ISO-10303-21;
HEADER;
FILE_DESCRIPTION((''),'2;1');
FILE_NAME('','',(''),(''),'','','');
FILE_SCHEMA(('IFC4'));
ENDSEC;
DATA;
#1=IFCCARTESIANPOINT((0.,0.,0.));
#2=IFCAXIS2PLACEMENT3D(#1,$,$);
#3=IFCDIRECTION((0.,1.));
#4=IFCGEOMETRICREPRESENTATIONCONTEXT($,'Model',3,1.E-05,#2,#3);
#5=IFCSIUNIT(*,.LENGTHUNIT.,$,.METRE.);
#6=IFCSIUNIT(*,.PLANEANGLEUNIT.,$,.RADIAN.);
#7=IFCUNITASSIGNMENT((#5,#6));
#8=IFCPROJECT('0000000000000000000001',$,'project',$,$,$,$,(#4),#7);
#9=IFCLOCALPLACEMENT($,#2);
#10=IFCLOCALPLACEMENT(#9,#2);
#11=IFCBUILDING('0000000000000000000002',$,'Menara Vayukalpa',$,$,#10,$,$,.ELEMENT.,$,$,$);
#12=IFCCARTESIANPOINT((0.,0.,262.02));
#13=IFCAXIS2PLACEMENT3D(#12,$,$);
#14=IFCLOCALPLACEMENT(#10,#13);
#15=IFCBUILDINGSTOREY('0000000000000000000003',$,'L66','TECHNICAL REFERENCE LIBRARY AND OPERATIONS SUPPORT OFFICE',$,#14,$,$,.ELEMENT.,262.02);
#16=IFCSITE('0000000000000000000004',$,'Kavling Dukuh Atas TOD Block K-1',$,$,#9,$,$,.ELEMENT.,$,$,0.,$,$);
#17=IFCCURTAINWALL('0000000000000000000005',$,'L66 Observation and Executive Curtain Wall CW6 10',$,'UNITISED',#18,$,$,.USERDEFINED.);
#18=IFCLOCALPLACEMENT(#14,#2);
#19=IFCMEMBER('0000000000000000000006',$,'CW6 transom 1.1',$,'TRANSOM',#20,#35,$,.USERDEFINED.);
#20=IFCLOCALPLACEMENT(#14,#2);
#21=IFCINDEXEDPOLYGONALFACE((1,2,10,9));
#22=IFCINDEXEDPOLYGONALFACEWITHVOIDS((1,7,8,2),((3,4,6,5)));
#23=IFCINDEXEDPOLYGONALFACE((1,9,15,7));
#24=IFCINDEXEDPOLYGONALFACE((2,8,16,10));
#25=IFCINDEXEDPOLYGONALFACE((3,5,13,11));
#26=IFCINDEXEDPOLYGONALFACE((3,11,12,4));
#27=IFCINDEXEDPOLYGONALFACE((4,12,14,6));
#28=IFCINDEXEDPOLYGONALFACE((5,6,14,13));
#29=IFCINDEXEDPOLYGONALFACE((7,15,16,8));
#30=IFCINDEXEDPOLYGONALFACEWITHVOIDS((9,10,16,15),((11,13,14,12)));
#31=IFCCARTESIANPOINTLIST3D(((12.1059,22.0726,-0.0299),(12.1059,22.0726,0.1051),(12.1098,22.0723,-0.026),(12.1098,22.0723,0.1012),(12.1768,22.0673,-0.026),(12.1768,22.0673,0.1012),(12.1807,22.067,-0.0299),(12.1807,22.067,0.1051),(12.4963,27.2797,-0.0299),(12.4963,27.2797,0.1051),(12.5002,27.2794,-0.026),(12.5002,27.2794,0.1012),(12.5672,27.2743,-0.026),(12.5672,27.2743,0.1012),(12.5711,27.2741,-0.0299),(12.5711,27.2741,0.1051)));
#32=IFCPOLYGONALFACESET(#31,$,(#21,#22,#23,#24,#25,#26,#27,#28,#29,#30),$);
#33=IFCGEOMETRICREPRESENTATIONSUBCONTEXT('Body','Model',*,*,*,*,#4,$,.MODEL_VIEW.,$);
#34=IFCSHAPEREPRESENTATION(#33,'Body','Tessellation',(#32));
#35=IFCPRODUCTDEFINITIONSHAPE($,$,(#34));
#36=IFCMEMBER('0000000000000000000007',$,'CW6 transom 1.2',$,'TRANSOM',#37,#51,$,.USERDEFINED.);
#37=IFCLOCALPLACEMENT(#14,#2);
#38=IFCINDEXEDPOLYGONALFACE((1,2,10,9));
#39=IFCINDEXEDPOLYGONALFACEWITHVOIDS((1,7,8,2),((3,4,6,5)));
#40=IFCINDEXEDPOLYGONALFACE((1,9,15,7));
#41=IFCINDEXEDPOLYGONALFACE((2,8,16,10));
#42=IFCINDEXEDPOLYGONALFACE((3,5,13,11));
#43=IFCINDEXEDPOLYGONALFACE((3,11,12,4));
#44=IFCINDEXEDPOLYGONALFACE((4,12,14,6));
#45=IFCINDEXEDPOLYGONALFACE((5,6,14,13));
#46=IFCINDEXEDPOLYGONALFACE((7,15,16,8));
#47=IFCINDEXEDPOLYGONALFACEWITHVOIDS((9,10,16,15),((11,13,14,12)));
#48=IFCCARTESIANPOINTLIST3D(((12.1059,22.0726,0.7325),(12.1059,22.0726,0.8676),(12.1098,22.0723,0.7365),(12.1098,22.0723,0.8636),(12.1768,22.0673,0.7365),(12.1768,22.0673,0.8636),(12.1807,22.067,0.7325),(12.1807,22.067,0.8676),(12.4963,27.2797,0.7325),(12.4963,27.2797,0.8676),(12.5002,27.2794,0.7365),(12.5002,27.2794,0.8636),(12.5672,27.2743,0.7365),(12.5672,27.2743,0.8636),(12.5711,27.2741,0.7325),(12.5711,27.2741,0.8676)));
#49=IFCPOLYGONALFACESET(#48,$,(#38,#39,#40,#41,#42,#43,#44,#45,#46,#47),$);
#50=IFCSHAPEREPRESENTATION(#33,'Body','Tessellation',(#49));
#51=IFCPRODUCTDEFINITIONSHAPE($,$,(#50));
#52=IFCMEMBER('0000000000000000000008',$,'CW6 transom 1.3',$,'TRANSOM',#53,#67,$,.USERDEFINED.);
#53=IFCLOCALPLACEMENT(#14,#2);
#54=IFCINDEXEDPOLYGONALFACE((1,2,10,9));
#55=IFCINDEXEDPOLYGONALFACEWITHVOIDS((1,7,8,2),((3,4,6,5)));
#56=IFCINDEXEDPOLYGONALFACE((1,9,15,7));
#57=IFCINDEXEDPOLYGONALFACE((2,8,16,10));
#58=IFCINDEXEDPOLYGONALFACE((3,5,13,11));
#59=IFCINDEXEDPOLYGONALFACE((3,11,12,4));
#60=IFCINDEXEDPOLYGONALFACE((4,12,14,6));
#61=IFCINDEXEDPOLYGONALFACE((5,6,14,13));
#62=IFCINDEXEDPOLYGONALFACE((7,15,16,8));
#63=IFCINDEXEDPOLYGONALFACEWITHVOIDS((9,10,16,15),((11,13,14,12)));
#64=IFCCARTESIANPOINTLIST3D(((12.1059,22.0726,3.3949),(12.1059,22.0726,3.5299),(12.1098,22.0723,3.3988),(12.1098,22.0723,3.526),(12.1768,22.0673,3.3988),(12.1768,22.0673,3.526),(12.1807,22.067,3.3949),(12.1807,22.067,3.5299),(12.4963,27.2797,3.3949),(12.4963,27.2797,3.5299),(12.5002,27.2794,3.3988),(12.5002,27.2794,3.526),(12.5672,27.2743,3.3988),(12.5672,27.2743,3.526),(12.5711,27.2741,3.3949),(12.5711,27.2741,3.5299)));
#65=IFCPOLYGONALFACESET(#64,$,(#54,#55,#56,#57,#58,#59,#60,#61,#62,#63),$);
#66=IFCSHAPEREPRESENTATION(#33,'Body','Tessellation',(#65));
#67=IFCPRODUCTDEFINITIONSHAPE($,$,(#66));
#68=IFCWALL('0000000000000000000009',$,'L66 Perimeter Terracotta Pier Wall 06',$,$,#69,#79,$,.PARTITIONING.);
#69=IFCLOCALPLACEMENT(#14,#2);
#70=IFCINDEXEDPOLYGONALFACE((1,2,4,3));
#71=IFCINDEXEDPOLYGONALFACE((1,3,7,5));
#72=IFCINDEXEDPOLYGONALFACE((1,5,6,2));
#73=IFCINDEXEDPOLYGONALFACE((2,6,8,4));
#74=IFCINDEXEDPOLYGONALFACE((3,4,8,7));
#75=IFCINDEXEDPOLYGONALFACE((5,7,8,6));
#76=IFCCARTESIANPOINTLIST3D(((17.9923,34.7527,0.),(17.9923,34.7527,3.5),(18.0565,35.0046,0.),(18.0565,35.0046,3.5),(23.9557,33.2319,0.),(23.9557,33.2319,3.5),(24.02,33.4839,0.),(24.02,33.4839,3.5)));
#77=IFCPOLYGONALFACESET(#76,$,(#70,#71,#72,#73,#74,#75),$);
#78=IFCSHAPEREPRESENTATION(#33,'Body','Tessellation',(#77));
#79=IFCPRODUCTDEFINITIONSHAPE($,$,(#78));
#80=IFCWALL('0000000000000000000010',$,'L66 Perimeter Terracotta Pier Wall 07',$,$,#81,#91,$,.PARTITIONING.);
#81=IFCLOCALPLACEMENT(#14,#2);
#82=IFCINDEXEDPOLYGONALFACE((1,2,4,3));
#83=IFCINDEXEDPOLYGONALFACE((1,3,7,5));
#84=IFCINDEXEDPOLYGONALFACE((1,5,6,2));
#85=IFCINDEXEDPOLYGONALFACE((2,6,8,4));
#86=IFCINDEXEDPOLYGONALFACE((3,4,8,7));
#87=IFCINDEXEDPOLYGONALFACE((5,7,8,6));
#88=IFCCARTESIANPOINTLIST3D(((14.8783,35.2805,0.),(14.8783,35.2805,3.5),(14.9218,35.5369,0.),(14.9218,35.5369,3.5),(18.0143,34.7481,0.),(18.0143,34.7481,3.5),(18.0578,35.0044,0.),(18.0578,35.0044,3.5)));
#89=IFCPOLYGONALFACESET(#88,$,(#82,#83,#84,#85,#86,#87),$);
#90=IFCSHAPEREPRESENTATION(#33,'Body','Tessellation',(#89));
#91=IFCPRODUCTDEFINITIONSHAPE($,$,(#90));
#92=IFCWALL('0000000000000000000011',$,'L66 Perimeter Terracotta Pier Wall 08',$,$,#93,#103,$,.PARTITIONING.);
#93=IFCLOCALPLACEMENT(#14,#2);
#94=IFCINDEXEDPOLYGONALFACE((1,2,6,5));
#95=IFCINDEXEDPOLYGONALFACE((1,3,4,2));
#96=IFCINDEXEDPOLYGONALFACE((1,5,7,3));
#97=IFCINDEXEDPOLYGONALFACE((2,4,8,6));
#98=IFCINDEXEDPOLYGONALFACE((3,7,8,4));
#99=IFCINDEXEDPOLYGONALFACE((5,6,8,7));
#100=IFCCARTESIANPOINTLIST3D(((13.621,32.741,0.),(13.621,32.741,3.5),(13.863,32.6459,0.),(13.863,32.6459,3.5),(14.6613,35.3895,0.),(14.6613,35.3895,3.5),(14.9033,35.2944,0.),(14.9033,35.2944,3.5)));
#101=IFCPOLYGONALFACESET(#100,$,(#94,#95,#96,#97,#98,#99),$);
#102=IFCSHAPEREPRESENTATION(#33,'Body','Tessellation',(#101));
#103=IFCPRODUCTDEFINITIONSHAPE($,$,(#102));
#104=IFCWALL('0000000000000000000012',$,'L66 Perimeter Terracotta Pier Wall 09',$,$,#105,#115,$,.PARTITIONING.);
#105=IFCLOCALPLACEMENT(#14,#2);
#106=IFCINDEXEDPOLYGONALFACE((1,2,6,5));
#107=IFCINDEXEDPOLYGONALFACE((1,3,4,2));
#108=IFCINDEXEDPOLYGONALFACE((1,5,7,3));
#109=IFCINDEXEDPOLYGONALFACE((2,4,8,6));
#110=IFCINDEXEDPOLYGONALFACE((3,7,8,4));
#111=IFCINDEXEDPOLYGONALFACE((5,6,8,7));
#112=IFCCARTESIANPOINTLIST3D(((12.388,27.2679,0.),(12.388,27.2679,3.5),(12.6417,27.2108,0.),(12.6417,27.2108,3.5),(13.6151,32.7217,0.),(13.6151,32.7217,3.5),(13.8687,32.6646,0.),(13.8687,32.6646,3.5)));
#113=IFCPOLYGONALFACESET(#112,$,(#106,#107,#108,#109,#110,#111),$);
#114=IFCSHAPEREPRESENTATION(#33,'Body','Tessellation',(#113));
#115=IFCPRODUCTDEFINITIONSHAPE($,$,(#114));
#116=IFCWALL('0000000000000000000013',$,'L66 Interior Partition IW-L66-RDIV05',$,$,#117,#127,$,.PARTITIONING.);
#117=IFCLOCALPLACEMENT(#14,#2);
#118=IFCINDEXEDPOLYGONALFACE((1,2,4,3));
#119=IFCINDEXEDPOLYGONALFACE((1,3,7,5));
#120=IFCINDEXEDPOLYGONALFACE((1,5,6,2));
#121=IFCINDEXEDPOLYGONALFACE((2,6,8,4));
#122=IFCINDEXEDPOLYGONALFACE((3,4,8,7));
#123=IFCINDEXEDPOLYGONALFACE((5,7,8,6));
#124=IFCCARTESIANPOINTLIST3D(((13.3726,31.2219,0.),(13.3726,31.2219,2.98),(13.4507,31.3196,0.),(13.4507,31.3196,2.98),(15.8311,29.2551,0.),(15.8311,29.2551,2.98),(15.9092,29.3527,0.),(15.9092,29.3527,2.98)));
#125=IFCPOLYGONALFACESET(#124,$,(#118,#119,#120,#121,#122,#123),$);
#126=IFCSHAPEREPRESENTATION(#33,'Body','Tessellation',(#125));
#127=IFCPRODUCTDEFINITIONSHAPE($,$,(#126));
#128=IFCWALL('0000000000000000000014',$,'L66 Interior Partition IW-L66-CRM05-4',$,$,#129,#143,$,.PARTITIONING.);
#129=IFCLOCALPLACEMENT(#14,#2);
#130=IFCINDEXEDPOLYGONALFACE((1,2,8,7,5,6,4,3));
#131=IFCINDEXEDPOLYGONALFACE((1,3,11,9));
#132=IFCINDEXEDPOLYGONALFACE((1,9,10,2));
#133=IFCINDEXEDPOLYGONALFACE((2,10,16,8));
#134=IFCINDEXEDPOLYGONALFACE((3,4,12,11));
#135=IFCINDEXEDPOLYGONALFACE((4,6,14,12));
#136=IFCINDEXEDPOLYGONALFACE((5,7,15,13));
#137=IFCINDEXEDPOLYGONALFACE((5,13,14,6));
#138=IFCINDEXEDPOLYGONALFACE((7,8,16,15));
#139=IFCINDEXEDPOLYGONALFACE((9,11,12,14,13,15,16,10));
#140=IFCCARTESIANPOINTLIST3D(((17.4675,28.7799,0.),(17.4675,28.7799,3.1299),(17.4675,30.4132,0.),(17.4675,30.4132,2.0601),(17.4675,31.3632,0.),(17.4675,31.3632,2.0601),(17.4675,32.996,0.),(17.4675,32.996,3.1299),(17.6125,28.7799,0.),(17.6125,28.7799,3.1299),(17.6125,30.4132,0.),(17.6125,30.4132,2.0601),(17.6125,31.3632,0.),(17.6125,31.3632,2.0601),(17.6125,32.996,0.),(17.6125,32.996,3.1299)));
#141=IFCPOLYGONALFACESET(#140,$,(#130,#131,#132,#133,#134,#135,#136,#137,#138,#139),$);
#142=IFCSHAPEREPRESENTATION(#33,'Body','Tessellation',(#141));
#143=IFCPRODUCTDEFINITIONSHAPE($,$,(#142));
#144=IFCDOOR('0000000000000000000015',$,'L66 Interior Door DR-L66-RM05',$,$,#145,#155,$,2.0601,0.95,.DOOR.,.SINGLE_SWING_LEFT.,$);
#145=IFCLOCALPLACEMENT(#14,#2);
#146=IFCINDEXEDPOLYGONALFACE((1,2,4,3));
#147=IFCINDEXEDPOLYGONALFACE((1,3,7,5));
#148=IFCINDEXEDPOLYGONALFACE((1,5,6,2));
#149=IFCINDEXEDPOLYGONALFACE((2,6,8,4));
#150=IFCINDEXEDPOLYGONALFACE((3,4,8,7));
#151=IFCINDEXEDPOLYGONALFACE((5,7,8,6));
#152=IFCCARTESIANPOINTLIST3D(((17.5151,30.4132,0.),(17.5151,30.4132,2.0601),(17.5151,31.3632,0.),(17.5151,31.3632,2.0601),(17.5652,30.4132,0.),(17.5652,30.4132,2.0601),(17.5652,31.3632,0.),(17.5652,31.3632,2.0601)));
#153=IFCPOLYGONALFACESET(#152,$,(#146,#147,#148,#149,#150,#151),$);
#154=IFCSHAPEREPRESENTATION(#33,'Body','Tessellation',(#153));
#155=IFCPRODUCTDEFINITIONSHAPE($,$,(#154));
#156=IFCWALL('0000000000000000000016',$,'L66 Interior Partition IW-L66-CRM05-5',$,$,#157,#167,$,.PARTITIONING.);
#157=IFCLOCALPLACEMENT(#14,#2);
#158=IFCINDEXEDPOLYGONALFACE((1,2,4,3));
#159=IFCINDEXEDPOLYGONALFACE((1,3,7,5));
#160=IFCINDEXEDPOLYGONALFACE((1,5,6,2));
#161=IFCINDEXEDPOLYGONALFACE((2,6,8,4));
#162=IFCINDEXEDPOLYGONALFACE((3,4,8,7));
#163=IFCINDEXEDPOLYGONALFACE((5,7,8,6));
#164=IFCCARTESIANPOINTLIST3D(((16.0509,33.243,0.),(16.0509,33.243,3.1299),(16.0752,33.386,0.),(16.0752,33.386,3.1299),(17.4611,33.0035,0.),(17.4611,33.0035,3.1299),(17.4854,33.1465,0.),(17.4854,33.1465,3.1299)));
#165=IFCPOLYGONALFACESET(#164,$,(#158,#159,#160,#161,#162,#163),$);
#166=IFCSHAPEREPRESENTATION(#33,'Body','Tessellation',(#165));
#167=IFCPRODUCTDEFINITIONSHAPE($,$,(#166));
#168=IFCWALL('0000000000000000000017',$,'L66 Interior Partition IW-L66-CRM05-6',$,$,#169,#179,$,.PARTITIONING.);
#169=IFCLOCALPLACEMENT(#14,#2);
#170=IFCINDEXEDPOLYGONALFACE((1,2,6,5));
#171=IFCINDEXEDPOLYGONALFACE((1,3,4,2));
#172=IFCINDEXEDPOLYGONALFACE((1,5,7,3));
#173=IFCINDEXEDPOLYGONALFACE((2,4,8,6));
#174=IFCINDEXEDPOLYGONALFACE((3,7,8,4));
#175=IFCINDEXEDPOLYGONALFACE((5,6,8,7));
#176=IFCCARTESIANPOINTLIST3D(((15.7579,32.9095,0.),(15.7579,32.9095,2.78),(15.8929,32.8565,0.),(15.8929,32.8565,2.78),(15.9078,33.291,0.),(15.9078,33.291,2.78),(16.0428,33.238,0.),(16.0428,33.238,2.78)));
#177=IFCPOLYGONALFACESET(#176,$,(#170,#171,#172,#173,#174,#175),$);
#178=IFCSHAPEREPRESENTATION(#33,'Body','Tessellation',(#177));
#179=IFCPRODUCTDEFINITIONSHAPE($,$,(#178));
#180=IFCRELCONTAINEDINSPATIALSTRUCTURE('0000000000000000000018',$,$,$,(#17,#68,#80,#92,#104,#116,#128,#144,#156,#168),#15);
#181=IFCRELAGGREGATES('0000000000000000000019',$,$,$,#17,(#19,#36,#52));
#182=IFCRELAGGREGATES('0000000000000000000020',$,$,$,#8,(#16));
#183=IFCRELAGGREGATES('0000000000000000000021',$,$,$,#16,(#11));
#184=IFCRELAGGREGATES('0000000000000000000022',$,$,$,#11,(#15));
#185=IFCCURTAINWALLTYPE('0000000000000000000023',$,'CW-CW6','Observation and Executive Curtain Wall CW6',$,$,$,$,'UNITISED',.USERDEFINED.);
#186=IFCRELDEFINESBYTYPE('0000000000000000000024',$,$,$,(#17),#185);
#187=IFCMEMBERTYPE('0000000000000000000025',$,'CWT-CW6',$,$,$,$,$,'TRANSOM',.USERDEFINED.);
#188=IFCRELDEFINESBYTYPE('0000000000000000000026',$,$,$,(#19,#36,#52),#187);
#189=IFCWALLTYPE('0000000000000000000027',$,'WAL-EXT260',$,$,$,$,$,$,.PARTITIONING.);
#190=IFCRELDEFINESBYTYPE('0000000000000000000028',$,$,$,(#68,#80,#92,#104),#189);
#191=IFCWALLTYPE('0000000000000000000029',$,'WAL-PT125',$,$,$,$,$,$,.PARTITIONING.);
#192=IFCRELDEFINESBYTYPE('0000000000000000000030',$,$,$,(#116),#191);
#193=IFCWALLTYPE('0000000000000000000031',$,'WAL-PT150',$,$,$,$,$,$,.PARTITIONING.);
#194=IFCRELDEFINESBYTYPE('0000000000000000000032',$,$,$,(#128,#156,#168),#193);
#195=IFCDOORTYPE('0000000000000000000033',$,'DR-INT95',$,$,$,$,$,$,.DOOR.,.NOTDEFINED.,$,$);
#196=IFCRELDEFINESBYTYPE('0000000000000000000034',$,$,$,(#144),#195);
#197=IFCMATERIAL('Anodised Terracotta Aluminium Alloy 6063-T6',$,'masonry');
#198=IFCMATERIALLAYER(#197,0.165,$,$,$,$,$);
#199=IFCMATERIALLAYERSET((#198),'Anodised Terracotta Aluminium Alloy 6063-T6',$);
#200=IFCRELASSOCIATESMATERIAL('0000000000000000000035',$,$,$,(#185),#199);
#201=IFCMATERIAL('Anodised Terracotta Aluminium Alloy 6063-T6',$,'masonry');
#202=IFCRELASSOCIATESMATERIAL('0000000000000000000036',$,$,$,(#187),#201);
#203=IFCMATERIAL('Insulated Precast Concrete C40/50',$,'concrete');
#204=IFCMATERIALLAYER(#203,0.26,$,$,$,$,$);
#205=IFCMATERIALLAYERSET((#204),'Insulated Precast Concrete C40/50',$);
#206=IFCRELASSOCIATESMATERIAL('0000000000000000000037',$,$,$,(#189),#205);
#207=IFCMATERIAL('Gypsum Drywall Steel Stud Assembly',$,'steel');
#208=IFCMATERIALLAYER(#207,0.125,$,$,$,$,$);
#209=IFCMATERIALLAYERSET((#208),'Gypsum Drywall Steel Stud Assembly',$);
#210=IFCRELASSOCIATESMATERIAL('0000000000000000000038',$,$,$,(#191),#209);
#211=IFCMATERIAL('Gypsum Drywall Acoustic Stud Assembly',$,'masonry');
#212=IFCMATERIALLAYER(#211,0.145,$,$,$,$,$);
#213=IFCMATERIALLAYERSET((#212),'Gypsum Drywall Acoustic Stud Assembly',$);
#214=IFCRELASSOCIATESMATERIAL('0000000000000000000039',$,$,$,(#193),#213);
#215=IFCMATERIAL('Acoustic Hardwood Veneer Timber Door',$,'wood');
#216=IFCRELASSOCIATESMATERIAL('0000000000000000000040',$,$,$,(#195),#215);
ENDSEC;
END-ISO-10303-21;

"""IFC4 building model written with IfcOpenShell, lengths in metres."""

from ifc_helpers import new_model, si_unit, direction, frame, frame_2d, origin, origin_2d, place, context, subcontext, project, spatial, rectangle, hollow_rectangle, extrude, material, layer, layer_set, material_profile, profile_set, type_object, element, fill, aggregate, save


model = new_model("IFC4")

# Units and contexts
model_context = context("Model", 3, precision=1e-05, world=origin(), true_north=direction((0.0, 1.0)))
body_context = subcontext(model_context, "Body", "Model", "MODEL_VIEW")
ifc_project = project(units=[si_unit("LENGTHUNIT", "METRE"), si_unit("PLANEANGLEUNIT", "RADIAN")], contexts=[model_context])

# Site, building, storey
site_placement = place(None, origin())
site = spatial("IfcSite", under=ifc_project, at=site_placement, Name="Kavling Dukuh Atas TOD Block K-1", CompositionType="ELEMENT", RefElevation=0.0)
building_placement = place(site_placement, origin())
building = spatial("IfcBuilding", under=site, at=building_placement, Name="Menara Vayukalpa", CompositionType="ELEMENT")
storey_placement = place(building_placement, frame((0.0, 0.0, 262.02)))
storey = spatial("IfcBuildingStorey", under=building, at=storey_placement, Name="L66", Description="TECHNICAL REFERENCE LIBRARY AND OPERATIONS SUPPORT OFFICE", CompositionType="ELEMENT", Elevation=262.02)

# Curtain wall, members
ifc_material_1 = material(Name="Anodised Terracotta Aluminium Alloy 6063-T6", Category="masonry")
ifc_layer_1 = layer(ifc_material_1, 0.165)
ifc_layer_set_1 = layer_set([ifc_layer_1], Name="Anodised Terracotta Aluminium Alloy 6063-T6")
curtain_wall_type = type_object("IfcCurtainWallType", Name="CW-CW6", Description="Observation and Executive Curtain Wall CW6", ElementType="UNITISED", PredefinedType="USERDEFINED", material=ifc_layer_set_1)
curtain_wall_placement = place(storey_placement, origin())
curtain_wall = element("IfcCurtainWall", 1, at=curtain_wall_placement, inside=storey, type_object=curtain_wall_type, Name="L66 Observation and Executive Curtain Wall CW6 10", ObjectType="UNITISED", PredefinedType="USERDEFINED")
ifc_material_2 = material(Name="Anodised Terracotta Aluminium Alloy 6063-T6", Category="masonry")
ifc_material_profile_1 = material_profile(ifc_material_2, hollow_rectangle(XDim=0.075, YDim=0.135, WallThickness=0.0039, at=origin_2d()), Name="ALU 75x135x4")
ifc_profile_set_1 = profile_set([ifc_material_profile_1], Name="Anodised Terracotta Aluminium Alloy 6063-T6")
member_type_1 = type_object("IfcMemberType", Name="CWT-CW6", ElementType="TRANSOM", PredefinedType="USERDEFINED", material=ifc_profile_set_1)
member_1_placement = place(storey_placement, frame((12.5337, 27.2769, 0.0376), z_axis=(-0.074762, -0.997201, 0.0), x_axis=(0.997201, -0.074762, 0.0)))
member_1 = element("IfcMember", 2, at=member_1_placement, type_object=member_type_1, Name="CW6 transom 1.1", ObjectType="TRANSOM", PredefinedType="USERDEFINED", context=body_context, shape_type="SweptSolid", body=[
    extrude(hollow_rectangle(XDim=0.075, YDim=0.135, WallThickness=0.0039, at=origin_2d()), origin(), (0.0, 0.0, 1.0), 5.2217),
])
member_2_placement = place(storey_placement, frame((12.5337, 27.2769, 0.8), z_axis=(-0.074762, -0.997201, 0.0), x_axis=(0.997201, -0.074762, 0.0)))
member_2 = element("IfcMember", 3, at=member_2_placement, type_object=member_type_1, Name="CW6 transom 1.2", ObjectType="TRANSOM", PredefinedType="USERDEFINED", context=body_context, shape_type="SweptSolid", body=[
    extrude(hollow_rectangle(XDim=0.075, YDim=0.135, WallThickness=0.0039, at=origin_2d()), origin(), (0.0, 0.0, 1.0), 5.2217),
])
member_3_placement = place(storey_placement, frame((12.5337, 27.2769, 3.4624), z_axis=(-0.074762, -0.997201, 0.0), x_axis=(0.997201, -0.074762, 0.0)))
member_3 = element("IfcMember", 4, at=member_3_placement, type_object=member_type_1, Name="CW6 transom 1.3", ObjectType="TRANSOM", PredefinedType="USERDEFINED", context=body_context, shape_type="SweptSolid", body=[
    extrude(hollow_rectangle(XDim=0.075, YDim=0.135, WallThickness=0.0039, at=origin_2d()), origin(), (0.0, 0.0, 1.0), 5.2217),
])
aggregate(curtain_wall, [member_1, member_2, member_3])

# Walls
ifc_material_3 = material(Name="Insulated Precast Concrete C40/50", Category="concrete")
ifc_layer_2 = layer(ifc_material_3, 0.26)
ifc_layer_set_2 = layer_set([ifc_layer_2], Name="Insulated Precast Concrete C40/50")
wall_type_1 = type_object("IfcWallType", Name="WAL-EXT260", PredefinedType="PARTITIONING", material=ifc_layer_set_2)
wall_1_placement = place(storey_placement, frame((18.0244, 34.8787, 0.0), z_axis=(0.0, 0.0, 1.0), x_axis=(0.968988, -0.247107, 0.0)))
element("IfcWall", 5, at=wall_1_placement, inside=storey, type_object=wall_type_1, Name="L66 Perimeter Terracotta Pier Wall 06", PredefinedType="PARTITIONING", context=body_context, shape_type="SweptSolid", body=[
    extrude(rectangle(XDim=6.1543, YDim=0.26, at=frame_2d((3.0771, 0.0))), origin(), (0.0, 0.0, 1.0), 3.5),
])
wall_2_placement = place(storey_placement, frame((14.9001, 35.4087, 0.0), z_axis=(0.0, 0.0, 1.0), x_axis=(0.985889, -0.167398, 0.0)))
element("IfcWall", 6, at=wall_2_placement, inside=storey, type_object=wall_type_1, Name="L66 Perimeter Terracotta Pier Wall 07", PredefinedType="PARTITIONING", context=body_context, shape_type="SweptSolid", body=[
    extrude(rectangle(XDim=3.1809, YDim=0.26, at=frame_2d((1.5903, 0.0))), origin(), (0.0, 0.0, 1.0), 3.5),
])
wall_3_placement = place(storey_placement, frame((13.7419, 32.6934, 0.0), z_axis=(0.0, 0.0, 1.0), x_axis=(0.365599, 0.930772, 0.0)))
element("IfcWall", 7, at=wall_3_placement, inside=storey, type_object=wall_type_1, Name="L66 Perimeter Terracotta Pier Wall 08", PredefinedType="PARTITIONING", context=body_context, shape_type="SweptSolid", body=[
    extrude(rectangle(XDim=2.8455, YDim=0.26, at=frame_2d((1.4229, 0.0))), origin(), (0.0, 0.0, 1.0), 3.5),
])
wall_4_placement = place(storey_placement, frame((12.5149, 27.2395, 0.0), z_axis=(0.0, 0.0, 1.0), x_axis=(0.219501, 0.975612, 0.0)))
element("IfcWall", 8, at=wall_4_placement, inside=storey, type_object=wall_type_1, Name="L66 Perimeter Terracotta Pier Wall 09", PredefinedType="PARTITIONING", context=body_context, shape_type="SweptSolid", body=[
    extrude(rectangle(XDim=5.5901, YDim=0.26, at=frame_2d((2.7949, 0.0))), origin(), (0.0, 0.0, 1.0), 3.5),
])
ifc_material_4 = material(Name="Gypsum Drywall Steel Stud Assembly", Category="steel")
ifc_layer_3 = layer(ifc_material_4, 0.125)
ifc_layer_set_3 = layer_set([ifc_layer_3], Name="Gypsum Drywall Steel Stud Assembly")
wall_type_2 = type_object("IfcWallType", Name="WAL-PT125", PredefinedType="PARTITIONING", material=ifc_layer_set_3)
wall_5_placement = place(storey_placement, frame((13.4116, 31.2708, 0.0), z_axis=(0.0, 0.0, 1.0), x_axis=(0.780869, -0.624695, 0.0)))
element("IfcWall", 9, at=wall_5_placement, inside=storey, type_object=wall_type_2, Name="L66 Interior Partition IW-L66-RDIV05", PredefinedType="PARTITIONING", context=body_context, shape_type="SweptSolid", body=[
    extrude(rectangle(XDim=3.1484, YDim=0.125, at=frame_2d((1.5742, 0.0))), origin(), (0.0, 0.0, 1.0), 2.98),
])

# Wall, opening, door
ifc_material_5 = material(Name="Gypsum Drywall Acoustic Stud Assembly", Category="masonry")
ifc_layer_4 = layer(ifc_material_5, 0.145)
ifc_layer_set_4 = layer_set([ifc_layer_4], Name="Gypsum Drywall Acoustic Stud Assembly")
wall_type_3 = type_object("IfcWallType", Name="WAL-PT150", PredefinedType="PARTITIONING", material=ifc_layer_set_4)
wall_6_placement = place(storey_placement, frame((17.54, 28.78, 0.0), z_axis=(0.0, 0.0, 1.0), x_axis=(0.0, 1.0, 0.0)))
wall_6 = element("IfcWall", 10, at=wall_6_placement, inside=storey, type_object=wall_type_3, Name="L66 Interior Partition IW-L66-CRM05-4", PredefinedType="PARTITIONING", context=body_context, shape_type="SweptSolid", body=[
    extrude(rectangle(XDim=4.2161, YDim=0.145, at=frame_2d((2.1079, 0.0))), origin(), (0.0, 0.0, 1.0), 3.1299),
])
opening_1_placement = place(wall_6_placement, frame((1.6331, 0.0, 0.0)))
opening_1 = element("IfcOpeningElement", 11, at=opening_1_placement, cuts=wall_6, PredefinedType="OPENING", context=body_context, shape_type="SweptSolid", body=[
    extrude(rectangle(XDim=0.95, YDim=2.0601, at=frame_2d((0.4751, 1.03))), frame((0.0, 0.0825, 0.0), z_axis=(0.0, -1.0, 0.0), x_axis=(1.0, 0.0, 0.0)), (0.0, 0.0, 1.0), 0.165),
])
ifc_material_6 = material(Name="Acoustic Hardwood Veneer Timber Door", Category="wood")
door_type_1 = type_object("IfcDoorType", Name="DR-INT95", OperationType="NOTDEFINED", PredefinedType="DOOR", material=ifc_material_6)
door_1_placement = place(opening_1_placement, origin())
door_1 = element("IfcDoor", 12, at=door_1_placement, inside=storey, type_object=door_type_1, Name="L66 Interior Door DR-L66-RM05", OperationType="SINGLE_SWING_LEFT", OverallHeight=2.0601, OverallWidth=0.95, PredefinedType="DOOR", context=body_context, shape_type="SweptSolid", body=[
    extrude(rectangle(XDim=0.95, YDim=2.0601, at=frame_2d((0.4751, 1.03))), frame((0.0, 0.0249, 0.0), z_axis=(0.0, -1.0, 0.0), x_axis=(1.0, 0.0, 0.0)), (0.0, 0.0, 1.0), 0.05),
])
fill(opening_1, door_1)

# Walls
wall_7_placement = place(storey_placement, frame((17.4734, 33.075, 0.0), z_axis=(0.0, 0.0, 1.0), x_axis=(-0.985882, 0.167443, 0.0)))
element("IfcWall", 13, at=wall_7_placement, inside=storey, type_object=wall_type_3, Name="L66 Interior Partition IW-L66-CRM05-5", PredefinedType="PARTITIONING", context=body_context, shape_type="SweptSolid", body=[
    extrude(rectangle(XDim=1.4304, YDim=0.145, at=frame_2d((0.7153, 0.0))), origin(), (0.0, 0.0, 1.0), 3.1299),
])
wall_8_placement = place(storey_placement, frame((15.9753, 33.2646, 0.0), z_axis=(0.0, 0.0, 1.0), x_axis=(-0.365634, -0.930759, 0.0)))
element("IfcWall", 14, at=wall_8_placement, inside=storey, type_object=wall_type_3, Name="L66 Interior Partition IW-L66-CRM05-6", PredefinedType="PARTITIONING", context=body_context, shape_type="SweptSolid", body=[
    extrude(rectangle(XDim=0.4099, YDim=0.145, at=frame_2d((0.2051, 0.0))), origin(), (0.0, 0.0, 1.0), 2.78),
])

save(model, "model.ifc")
